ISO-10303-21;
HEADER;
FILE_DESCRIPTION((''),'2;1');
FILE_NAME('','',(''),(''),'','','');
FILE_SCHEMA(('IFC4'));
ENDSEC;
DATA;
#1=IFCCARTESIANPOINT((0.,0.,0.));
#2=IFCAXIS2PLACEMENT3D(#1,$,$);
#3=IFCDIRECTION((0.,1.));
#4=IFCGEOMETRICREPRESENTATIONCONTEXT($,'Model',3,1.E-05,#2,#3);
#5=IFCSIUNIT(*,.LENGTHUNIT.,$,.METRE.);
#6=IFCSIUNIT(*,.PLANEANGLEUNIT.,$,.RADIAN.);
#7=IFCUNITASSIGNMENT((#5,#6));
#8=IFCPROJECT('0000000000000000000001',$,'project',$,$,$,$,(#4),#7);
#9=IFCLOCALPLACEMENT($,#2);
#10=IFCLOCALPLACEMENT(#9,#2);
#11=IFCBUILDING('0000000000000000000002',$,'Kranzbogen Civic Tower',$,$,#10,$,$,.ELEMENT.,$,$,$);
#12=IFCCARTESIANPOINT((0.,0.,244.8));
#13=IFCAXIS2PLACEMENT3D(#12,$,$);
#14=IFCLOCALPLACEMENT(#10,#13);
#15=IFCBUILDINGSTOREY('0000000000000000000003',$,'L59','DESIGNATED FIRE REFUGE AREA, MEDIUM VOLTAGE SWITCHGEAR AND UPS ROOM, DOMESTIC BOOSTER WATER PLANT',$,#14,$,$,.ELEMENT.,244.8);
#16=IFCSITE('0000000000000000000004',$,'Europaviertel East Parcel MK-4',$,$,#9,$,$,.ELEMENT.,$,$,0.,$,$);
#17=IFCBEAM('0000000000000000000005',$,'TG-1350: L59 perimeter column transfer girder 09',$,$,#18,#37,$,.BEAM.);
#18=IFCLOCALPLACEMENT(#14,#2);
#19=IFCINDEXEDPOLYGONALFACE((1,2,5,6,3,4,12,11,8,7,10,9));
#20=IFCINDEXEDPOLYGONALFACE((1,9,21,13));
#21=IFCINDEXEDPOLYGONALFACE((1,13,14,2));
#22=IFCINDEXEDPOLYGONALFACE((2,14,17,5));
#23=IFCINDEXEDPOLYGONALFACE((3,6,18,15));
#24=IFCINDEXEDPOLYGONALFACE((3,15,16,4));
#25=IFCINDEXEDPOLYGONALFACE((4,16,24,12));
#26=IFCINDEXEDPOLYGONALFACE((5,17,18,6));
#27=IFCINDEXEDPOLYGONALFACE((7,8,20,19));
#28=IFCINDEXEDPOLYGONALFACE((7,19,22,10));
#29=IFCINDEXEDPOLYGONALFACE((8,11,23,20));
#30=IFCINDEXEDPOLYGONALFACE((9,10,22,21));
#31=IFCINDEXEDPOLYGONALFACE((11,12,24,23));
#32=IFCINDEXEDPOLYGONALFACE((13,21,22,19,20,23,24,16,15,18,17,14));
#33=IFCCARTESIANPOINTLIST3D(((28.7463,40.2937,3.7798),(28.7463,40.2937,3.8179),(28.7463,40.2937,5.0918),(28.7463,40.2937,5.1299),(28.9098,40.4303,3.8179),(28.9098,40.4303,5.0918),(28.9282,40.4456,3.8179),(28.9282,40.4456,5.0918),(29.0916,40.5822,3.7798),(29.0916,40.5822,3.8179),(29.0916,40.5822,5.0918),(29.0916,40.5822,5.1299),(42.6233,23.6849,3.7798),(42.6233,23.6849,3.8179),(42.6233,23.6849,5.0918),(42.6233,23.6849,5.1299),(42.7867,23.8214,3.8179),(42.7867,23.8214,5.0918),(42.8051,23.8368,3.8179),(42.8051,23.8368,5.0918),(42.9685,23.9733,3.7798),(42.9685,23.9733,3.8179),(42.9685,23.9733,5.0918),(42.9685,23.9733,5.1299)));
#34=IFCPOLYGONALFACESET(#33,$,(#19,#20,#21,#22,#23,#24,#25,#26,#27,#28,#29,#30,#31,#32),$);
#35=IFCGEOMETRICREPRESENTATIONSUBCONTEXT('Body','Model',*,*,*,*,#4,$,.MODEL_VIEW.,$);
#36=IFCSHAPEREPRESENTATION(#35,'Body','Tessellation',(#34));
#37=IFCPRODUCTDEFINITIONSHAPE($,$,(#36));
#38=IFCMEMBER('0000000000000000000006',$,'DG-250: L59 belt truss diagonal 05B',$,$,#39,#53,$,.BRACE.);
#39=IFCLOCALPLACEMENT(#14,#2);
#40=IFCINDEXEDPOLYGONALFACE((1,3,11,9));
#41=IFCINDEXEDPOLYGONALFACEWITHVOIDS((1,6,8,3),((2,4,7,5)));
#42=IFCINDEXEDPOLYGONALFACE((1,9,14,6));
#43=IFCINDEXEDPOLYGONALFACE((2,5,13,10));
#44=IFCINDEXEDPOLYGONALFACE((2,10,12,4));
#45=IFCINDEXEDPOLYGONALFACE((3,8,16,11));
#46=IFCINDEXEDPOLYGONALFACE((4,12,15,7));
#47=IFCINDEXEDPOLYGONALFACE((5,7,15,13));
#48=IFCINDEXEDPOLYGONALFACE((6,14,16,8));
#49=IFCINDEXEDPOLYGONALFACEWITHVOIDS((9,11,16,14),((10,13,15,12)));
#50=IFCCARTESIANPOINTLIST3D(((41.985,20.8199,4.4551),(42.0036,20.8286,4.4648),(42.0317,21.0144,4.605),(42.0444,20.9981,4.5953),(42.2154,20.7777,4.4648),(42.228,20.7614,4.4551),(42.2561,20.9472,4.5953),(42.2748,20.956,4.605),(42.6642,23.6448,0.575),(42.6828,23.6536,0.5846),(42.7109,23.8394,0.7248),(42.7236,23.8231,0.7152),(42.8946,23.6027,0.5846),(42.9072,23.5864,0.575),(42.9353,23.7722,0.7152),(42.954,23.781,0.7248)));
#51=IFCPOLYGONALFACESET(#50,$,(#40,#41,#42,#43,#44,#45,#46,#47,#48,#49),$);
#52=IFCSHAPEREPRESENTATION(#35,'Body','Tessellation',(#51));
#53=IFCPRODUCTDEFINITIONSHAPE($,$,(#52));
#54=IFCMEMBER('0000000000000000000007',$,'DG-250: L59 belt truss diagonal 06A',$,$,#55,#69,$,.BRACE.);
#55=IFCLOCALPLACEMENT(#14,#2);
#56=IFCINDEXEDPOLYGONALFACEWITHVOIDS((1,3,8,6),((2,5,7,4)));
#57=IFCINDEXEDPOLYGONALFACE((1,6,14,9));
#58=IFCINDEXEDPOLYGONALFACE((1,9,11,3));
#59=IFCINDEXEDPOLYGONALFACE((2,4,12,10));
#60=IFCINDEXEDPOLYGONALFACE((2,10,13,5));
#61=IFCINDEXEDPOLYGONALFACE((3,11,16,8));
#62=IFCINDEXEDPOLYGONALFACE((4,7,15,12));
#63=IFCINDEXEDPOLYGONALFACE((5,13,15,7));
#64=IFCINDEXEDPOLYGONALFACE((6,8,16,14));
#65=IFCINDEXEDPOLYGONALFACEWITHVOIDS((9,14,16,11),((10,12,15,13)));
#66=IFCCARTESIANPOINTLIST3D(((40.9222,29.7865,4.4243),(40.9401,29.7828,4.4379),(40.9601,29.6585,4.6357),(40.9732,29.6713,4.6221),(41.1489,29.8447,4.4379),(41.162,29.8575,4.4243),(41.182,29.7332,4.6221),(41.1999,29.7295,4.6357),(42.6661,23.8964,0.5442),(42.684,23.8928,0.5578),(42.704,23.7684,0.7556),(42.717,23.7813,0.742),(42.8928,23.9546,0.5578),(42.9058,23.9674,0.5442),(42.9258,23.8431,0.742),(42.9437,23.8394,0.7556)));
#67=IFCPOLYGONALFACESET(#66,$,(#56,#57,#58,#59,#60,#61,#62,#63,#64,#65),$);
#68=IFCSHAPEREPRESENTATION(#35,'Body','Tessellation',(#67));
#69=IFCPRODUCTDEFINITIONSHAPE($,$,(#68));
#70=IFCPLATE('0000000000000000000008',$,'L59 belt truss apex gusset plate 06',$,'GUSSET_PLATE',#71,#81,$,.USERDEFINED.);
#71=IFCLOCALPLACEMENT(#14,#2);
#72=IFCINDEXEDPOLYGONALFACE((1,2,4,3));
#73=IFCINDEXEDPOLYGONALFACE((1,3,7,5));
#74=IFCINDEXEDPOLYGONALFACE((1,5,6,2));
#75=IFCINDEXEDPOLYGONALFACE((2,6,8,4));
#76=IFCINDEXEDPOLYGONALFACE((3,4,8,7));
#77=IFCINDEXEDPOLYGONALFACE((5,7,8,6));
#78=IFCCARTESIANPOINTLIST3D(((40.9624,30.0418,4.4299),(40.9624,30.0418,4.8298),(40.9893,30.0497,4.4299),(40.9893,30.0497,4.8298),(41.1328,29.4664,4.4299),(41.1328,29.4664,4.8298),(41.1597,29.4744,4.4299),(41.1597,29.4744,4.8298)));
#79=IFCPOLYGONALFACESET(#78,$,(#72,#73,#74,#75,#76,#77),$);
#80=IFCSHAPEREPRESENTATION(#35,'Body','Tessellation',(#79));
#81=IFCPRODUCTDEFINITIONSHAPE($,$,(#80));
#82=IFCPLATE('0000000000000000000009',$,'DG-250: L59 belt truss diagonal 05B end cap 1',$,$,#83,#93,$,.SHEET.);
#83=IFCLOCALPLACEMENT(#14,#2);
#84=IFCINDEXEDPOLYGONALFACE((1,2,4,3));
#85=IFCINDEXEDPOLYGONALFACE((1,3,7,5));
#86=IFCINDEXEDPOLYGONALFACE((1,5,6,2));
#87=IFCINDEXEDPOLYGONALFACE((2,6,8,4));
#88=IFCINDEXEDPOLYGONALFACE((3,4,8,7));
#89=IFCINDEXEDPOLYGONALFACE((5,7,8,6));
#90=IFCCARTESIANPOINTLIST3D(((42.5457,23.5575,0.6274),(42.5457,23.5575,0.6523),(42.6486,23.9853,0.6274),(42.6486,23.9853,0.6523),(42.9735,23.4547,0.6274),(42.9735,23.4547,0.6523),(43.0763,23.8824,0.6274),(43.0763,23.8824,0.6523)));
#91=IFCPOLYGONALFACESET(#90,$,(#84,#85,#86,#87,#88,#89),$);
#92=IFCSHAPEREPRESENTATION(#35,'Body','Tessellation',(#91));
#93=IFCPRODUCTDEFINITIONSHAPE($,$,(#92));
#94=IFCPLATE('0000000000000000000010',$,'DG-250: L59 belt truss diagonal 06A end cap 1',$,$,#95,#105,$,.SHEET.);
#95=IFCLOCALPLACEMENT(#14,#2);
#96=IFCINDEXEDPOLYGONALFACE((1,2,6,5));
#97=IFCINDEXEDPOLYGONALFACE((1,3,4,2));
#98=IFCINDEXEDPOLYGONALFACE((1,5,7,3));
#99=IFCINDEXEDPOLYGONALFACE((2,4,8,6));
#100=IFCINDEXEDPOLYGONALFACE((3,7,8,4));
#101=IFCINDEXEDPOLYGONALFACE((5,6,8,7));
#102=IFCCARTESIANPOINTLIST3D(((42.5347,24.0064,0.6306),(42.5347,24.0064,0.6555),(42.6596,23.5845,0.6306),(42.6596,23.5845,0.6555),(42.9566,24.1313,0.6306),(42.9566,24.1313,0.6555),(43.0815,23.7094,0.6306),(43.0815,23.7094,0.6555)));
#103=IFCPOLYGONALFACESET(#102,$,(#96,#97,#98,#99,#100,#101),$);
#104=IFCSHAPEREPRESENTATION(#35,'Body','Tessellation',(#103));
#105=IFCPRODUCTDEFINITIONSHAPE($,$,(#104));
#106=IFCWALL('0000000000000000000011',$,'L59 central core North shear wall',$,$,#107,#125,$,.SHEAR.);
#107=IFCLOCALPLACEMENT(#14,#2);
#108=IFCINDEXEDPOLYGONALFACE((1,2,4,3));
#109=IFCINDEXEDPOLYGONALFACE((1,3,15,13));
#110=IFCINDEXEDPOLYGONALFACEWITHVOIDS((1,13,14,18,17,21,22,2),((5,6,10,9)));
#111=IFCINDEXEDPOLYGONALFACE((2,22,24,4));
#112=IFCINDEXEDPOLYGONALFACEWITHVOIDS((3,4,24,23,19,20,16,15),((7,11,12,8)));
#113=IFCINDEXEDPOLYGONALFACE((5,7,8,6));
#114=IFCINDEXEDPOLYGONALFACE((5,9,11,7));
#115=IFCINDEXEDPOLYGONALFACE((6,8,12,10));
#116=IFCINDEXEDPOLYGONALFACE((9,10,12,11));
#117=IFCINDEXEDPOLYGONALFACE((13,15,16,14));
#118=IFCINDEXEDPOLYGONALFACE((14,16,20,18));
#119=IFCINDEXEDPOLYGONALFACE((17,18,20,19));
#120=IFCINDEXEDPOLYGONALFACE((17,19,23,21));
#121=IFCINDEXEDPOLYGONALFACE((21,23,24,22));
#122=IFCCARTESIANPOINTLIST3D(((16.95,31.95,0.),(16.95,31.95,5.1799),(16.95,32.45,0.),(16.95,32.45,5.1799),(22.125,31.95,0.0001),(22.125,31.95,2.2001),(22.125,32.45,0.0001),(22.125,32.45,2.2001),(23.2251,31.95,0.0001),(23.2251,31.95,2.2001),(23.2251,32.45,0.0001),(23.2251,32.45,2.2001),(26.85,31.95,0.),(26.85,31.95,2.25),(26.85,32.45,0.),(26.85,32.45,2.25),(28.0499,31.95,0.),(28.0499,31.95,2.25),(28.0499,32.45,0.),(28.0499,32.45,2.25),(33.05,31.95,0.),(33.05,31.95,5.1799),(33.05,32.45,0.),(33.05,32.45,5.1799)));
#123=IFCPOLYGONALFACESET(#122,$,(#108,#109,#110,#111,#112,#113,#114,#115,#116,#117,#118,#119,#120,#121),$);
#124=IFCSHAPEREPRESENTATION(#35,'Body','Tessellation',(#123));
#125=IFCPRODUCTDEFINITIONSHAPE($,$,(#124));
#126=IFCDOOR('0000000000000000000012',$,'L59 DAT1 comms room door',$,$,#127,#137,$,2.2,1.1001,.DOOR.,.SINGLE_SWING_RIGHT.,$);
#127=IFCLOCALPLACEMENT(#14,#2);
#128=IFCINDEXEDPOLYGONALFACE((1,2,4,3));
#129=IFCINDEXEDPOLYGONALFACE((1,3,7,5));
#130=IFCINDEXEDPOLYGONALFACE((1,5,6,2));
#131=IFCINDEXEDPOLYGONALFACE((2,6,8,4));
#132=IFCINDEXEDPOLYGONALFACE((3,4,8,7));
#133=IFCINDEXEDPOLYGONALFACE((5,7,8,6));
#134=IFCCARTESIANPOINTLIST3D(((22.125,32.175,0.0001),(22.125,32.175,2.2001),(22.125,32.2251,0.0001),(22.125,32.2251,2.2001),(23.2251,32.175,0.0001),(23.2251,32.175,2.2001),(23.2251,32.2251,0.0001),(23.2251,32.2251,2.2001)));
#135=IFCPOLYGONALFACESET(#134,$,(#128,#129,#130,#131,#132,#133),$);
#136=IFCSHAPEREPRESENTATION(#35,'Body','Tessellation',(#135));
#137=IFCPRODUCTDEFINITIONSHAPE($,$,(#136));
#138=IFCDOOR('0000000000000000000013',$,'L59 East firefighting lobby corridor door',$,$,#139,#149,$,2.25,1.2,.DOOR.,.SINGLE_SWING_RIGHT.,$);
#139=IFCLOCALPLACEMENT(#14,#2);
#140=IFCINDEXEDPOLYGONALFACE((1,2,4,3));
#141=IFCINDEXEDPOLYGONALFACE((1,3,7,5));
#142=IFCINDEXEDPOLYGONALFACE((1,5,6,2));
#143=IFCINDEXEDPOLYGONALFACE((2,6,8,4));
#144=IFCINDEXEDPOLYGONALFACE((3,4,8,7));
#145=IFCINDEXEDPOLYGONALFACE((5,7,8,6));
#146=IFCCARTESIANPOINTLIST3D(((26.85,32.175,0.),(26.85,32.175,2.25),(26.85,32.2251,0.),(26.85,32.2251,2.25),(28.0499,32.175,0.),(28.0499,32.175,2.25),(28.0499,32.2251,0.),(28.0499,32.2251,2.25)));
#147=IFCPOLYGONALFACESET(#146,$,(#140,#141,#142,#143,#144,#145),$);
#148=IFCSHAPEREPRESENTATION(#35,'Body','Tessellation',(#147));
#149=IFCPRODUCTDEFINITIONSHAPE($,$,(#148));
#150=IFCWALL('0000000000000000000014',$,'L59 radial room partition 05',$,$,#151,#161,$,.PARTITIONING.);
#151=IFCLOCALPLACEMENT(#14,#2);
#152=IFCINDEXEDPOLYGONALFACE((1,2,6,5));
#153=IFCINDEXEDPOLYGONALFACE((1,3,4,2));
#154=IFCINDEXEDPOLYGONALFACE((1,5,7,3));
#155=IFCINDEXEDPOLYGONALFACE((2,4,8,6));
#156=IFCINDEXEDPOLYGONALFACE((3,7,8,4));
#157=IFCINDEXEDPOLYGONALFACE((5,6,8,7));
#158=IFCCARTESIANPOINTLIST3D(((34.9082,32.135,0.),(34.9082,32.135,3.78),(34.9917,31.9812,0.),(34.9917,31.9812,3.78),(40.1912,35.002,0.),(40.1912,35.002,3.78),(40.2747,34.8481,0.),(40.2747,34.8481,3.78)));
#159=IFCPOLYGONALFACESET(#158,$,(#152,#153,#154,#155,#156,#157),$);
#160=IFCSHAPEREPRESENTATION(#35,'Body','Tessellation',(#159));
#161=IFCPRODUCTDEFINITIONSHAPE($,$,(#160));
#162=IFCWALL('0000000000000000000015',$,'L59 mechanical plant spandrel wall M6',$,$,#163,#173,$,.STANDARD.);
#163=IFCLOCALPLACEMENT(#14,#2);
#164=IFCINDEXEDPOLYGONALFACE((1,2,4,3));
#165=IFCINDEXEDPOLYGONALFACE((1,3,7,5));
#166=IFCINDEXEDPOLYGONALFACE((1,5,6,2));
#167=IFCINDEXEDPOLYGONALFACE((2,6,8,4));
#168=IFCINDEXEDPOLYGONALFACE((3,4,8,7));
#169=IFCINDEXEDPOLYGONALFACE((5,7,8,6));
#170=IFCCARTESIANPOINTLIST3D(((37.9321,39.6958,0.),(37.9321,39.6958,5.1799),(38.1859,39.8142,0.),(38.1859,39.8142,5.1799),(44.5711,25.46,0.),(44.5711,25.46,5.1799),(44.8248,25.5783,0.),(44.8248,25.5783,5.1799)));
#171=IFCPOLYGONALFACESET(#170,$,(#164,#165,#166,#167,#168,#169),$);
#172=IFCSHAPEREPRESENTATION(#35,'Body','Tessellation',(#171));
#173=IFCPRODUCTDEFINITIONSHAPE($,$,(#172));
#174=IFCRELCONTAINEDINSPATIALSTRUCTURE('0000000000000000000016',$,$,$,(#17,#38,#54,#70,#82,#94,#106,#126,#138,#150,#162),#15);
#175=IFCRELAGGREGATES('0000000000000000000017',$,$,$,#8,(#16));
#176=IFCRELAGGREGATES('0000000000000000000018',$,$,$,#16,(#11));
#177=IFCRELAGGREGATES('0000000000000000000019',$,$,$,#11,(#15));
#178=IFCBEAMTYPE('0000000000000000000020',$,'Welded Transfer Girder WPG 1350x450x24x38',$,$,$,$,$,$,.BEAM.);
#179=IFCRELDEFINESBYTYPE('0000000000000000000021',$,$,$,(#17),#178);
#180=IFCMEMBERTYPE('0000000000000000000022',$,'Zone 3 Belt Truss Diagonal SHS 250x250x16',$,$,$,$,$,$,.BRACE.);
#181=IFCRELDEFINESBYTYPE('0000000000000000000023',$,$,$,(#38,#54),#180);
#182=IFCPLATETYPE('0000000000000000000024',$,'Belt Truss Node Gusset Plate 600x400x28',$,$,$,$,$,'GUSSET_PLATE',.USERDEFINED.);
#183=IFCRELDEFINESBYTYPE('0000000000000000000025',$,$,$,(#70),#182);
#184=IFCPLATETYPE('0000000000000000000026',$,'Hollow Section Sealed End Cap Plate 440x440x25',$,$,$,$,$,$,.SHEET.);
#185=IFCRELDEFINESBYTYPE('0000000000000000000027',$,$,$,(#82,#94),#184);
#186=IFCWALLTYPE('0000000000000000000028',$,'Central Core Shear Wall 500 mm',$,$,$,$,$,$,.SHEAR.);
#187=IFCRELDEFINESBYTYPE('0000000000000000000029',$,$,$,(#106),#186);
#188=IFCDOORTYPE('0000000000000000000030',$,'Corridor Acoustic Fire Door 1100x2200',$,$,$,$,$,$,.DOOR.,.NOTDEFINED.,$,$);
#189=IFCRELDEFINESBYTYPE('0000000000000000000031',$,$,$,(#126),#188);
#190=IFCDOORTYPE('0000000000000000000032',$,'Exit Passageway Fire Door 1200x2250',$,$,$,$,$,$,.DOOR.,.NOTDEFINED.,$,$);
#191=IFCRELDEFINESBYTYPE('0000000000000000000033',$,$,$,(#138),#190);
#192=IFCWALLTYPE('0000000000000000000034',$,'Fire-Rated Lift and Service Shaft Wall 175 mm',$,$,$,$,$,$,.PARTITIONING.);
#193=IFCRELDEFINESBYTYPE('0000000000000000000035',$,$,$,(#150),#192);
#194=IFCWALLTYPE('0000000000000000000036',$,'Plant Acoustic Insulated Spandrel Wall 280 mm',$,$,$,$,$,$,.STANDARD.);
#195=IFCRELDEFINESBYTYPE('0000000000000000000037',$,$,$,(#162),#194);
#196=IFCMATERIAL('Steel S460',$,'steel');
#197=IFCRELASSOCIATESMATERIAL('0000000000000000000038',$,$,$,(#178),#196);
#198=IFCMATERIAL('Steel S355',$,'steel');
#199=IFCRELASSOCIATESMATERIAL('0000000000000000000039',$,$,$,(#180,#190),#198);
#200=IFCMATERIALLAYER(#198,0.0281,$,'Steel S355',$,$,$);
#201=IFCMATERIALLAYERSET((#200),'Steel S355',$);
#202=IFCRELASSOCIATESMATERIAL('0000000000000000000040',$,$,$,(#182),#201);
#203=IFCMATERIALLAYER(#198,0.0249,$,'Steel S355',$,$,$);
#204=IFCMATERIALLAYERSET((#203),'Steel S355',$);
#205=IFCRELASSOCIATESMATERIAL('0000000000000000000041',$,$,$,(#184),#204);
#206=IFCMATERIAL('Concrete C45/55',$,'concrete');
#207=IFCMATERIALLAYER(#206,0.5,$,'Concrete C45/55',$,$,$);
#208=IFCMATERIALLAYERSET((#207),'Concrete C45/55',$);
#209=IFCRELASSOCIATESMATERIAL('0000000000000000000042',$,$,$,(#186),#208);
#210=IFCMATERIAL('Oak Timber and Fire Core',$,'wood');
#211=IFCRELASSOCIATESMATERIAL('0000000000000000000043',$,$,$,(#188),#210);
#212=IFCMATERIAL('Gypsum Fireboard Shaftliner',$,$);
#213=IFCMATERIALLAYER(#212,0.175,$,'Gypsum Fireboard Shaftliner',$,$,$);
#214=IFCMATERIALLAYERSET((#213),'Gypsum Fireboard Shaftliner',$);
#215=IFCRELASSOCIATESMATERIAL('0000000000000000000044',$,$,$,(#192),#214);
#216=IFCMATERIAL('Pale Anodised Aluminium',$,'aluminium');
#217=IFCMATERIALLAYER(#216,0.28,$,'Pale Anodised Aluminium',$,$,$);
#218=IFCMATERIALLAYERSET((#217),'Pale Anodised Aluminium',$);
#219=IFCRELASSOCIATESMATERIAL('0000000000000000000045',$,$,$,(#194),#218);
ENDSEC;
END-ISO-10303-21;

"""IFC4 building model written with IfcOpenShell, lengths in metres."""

from ifc_helpers import new_model, si_unit, direction, frame, frame_2d, origin, origin_2d, place, context, subcontext, project, spatial, rectangle, hollow_rectangle, i_section, extrude, material, layer, layer_set, material_profile, profile_set, type_object, element, fill, save


model = new_model("IFC4")

# Units and contexts
model_context = context("Model", 3, precision=1e-05, world=origin(), true_north=direction((0.0, 1.0)))
body_context = subcontext(model_context, "Body", "Model", "MODEL_VIEW")
ifc_project = project(units=[si_unit("LENGTHUNIT", "METRE"), si_unit("PLANEANGLEUNIT", "RADIAN")], contexts=[model_context])

# Site, building, storey
site_placement = place(None, origin())
site = spatial("IfcSite", under=ifc_project, at=site_placement, Name="Europaviertel East Parcel MK-4", CompositionType="ELEMENT", RefElevation=0.0)
building_placement = place(site_placement, origin())
building = spatial("IfcBuilding", under=site, at=building_placement, Name="Kranzbogen Civic Tower", CompositionType="ELEMENT")
storey_placement = place(building_placement, frame((0.0, 0.0, 244.8)))
storey = spatial("IfcBuildingStorey", under=building, at=storey_placement, Name="L59", Description="DESIGNATED FIRE REFUGE AREA, MEDIUM VOLTAGE SWITCHGEAR AND UPS ROOM, DOMESTIC BOOSTER WATER PLANT", CompositionType="ELEMENT", Elevation=244.8)

# Shared definitions
ifc_material_1 = material(Name="Steel S355", Category="steel")

# Shared definitions
ifc_material_2 = material(Name="Steel S460", Category="steel")

# Beam
ifc_material_profile_1 = material_profile(ifc_material_2, i_section(OverallWidth=0.45, OverallDepth=1.3501, WebThickness=0.0239, FlangeThickness=0.0381, at=origin_2d()), Name="WPG 1350x450x24x38")
ifc_profile_set_1 = profile_set([ifc_material_profile_1], Name="Steel S460")
beam_type = type_object("IfcBeamType", Name="Welded Transfer Girder WPG 1350x450x24x38", PredefinedType="BEAM", material=ifc_profile_set_1)
beam_1_placement = place(storey_placement, frame((42.7959, 23.8291, 4.4548), z_axis=(-0.641171, 0.767398, 0.0), x_axis=(-0.767398, -0.641171, 0.0)))
element("IfcBeam", 1, at=beam_1_placement, inside=storey, type_object=beam_type, Name="TG-1350: L59 perimeter column transfer girder 09", PredefinedType="BEAM", context=body_context, shape_type="SweptSolid", body=[
    extrude(i_section(OverallWidth=0.45, OverallDepth=1.3501, WebThickness=0.0239, FlangeThickness=0.0381, at=origin_2d()), origin(), (0.0, 0.0, 1.0), 21.6431),
])

# Members
ifc_material_profile_2 = material_profile(ifc_material_1, hollow_rectangle(XDim=0.25, YDim=0.25, WallThickness=0.0161, at=origin_2d()), Name="SHS 250x250x16")
ifc_profile_set_2 = profile_set([ifc_material_profile_2], Name="Steel S355")
member_type_1 = type_object("IfcMemberType", Name="Zone 3 Belt Truss Diagonal SHS 250x250x16", PredefinedType="BRACE", material=ifc_profile_set_2)
member_1_placement = place(storey_placement, frame((42.8091, 23.7129, 0.6499), z_axis=(-0.140117, -0.58278, 0.800459), x_axis=(0.972293, -0.233767, 0.0)))
element("IfcMember", 2, at=member_1_placement, inside=storey, type_object=member_type_1, Name="DG-250: L59 belt truss diagonal 05B", PredefinedType="BRACE", context=body_context, shape_type="SweptSolid", body=[
    extrude(hollow_rectangle(XDim=0.25, YDim=0.25, WallThickness=0.0161, at=origin_2d()), origin(), (0.0, 0.0, 1.0), 4.8474),
])
member_2_placement = place(storey_placement, frame((42.8049, 23.8679, 0.6499), z_axis=(-0.240018, 0.810678, 0.534034), x_axis=(-0.958857, -0.283889, 0.0)))
element("IfcMember", 3, at=member_2_placement, inside=storey, type_object=member_type_1, Name="DG-250: L59 belt truss diagonal 06A", PredefinedType="BRACE", context=body_context, shape_type="SweptSolid", body=[
    extrude(hollow_rectangle(XDim=0.25, YDim=0.25, WallThickness=0.0161, at=origin_2d()), origin(), (0.0, 0.0, 1.0), 7.2656),
])

# Plates
ifc_layer_1 = layer(ifc_material_1, 0.0281, Name="Steel S355")
ifc_layer_set_1 = layer_set([ifc_layer_1], Name="Steel S355")
plate_type_1 = type_object("IfcPlateType", Name="Belt Truss Node Gusset Plate 600x400x28", ElementType="GUSSET_PLATE", PredefinedType="USERDEFINED", material=ifc_layer_set_1)
plate_placement = place(storey_placement, frame((41.061, 29.7581, 4.4299), z_axis=(0.0, 0.0, 1.0), x_axis=(-0.284032, 0.958815, 0.0)))
element("IfcPlate", 4, at=plate_placement, inside=storey, type_object=plate_type_1, Name="L59 belt truss apex gusset plate 06", ObjectType="GUSSET_PLATE", PredefinedType="USERDEFINED", context=body_context, shape_type="SweptSolid", body=[
    extrude(rectangle(XDim=0.6001, YDim=0.0281, at=origin_2d()), origin(), (0.0, 0.0, 1.0), 0.3999),
])
ifc_layer_2 = layer(ifc_material_1, 0.0249, Name="Steel S355")
ifc_layer_set_2 = layer_set([ifc_layer_2], Name="Steel S355")
plate_type_2 = type_object("IfcPlateType", Name="Hollow Section Sealed End Cap Plate 440x440x25", PredefinedType="SHEET", material=ifc_layer_set_2)
for number, where, z_axis, x_axis, name in (
    (5, (42.811, 23.72, 0.6274), (0.0, 0.0, 1.0), (-0.2337, -0.972309, 0.0), "DG-250: L59 belt truss diagonal 05B end cap 1"),
    (6, (42.8081, 23.8579, 0.6306), (0.0, 0.0, 1.0), (-0.283915, 0.958849, 0.0), "DG-250: L59 belt truss diagonal 06A end cap 1"),
):
    element("IfcPlate", number, at=place(storey_placement, frame(where, z_axis=z_axis, x_axis=x_axis)), inside=storey, type_object=plate_type_2, Name=name, PredefinedType="SHEET", context=body_context, shape_type="SweptSolid", body=[
        extrude(rectangle(XDim=0.4399, YDim=0.4399, at=origin_2d()), origin(), (0.0, 0.0, 1.0), 0.0249),
    ])

# Wall, openings, doors
ifc_material_3 = material(Name="Concrete C45/55", Category="concrete")
ifc_layer_3 = layer(ifc_material_3, 0.5, Name="Concrete C45/55")
ifc_layer_set_3 = layer_set([ifc_layer_3], Name="Concrete C45/55")
wall_type_1 = type_object("IfcWallType", Name="Central Core Shear Wall 500 mm", PredefinedType="SHEAR", material=ifc_layer_set_3)
wall_1_placement = place(storey_placement, frame((33.05, 32.2, 0.0), z_axis=(0.0, 0.0, 1.0), x_axis=(-1.0, 0.0, 0.0)))
wall_1 = element("IfcWall", 7, at=wall_1_placement, inside=storey, type_object=wall_type_1, Name="L59 central core North shear wall", PredefinedType="SHEAR", context=body_context, shape_type="SweptSolid", body=[
    extrude(rectangle(XDim=16.1001, YDim=0.5, at=frame_2d((8.05, 0.0))), origin(), (0.0, 0.0, 1.0), 5.1799),
])
opening_1_placement = place(wall_1_placement, frame((5.0, 0.0, 0.0)))
opening_1 = element("IfcOpeningElement", 8, at=opening_1_placement, cuts=wall_1, PredefinedType="OPENING", context=body_context, shape_type="SweptSolid", body=[
    extrude(rectangle(XDim=1.2, YDim=2.25, at=frame_2d((0.6001, 1.125))), frame((0.0, 0.26, 0.0), z_axis=(0.0, -1.0, 0.0), x_axis=(1.0, 0.0, 0.0)), (0.0, 0.0, 1.0), 0.52),
])
opening_2_placement = place(wall_1_placement, frame((9.825, 0.0, 0.0)))
opening_2 = element("IfcOpeningElement", 9, at=opening_2_placement, cuts=wall_1, PredefinedType="OPENING", context=body_context, shape_type="SweptSolid", body=[
    extrude(rectangle(XDim=1.1001, YDim=2.2, at=frame_2d((0.55, 1.1001))), frame((0.0, 0.26, 0.0), z_axis=(0.0, -1.0, 0.0), x_axis=(1.0, 0.0, 0.0)), (0.0, 0.0, 1.0), 0.52),
])
ifc_material_4 = material(Name="Oak Timber and Fire Core", Category="wood")
door_type_1 = type_object("IfcDoorType", Name="Corridor Acoustic Fire Door 1100x2200", OperationType="NOTDEFINED", PredefinedType="DOOR", material=ifc_material_4)
door_1_placement = place(opening_2_placement, origin())
door_1 = element("IfcDoor", 10, at=door_1_placement, inside=storey, type_object=door_type_1, Name="L59 DAT1 comms room door", OperationType="SINGLE_SWING_RIGHT", OverallHeight=2.2, OverallWidth=1.1001, PredefinedType="DOOR", context=body_context, shape_type="SweptSolid", body=[
    extrude(rectangle(XDim=1.1001, YDim=2.2, at=frame_2d((0.55, 1.1001))), frame((0.0, 0.0249, 0.0), z_axis=(0.0, -1.0, 0.0), x_axis=(1.0, 0.0, 0.0)), (0.0, 0.0, 1.0), 0.05),
])
fill(opening_2, door_1)
door_type_2 = type_object("IfcDoorType", Name="Exit Passageway Fire Door 1200x2250", OperationType="NOTDEFINED", PredefinedType="DOOR", material=ifc_material_1)
door_2_placement = place(opening_1_placement, origin())
door_2 = element("IfcDoor", 11, at=door_2_placement, inside=storey, type_object=door_type_2, Name="L59 East firefighting lobby corridor door", OperationType="SINGLE_SWING_RIGHT", OverallHeight=2.25, OverallWidth=1.2, PredefinedType="DOOR", context=body_context, shape_type="SweptSolid", body=[
    extrude(rectangle(XDim=1.2, YDim=2.25, at=frame_2d((0.6001, 1.125))), frame((0.0, 0.0249, 0.0), z_axis=(0.0, -1.0, 0.0), x_axis=(1.0, 0.0, 0.0)), (0.0, 0.0, 1.0), 0.05),
])
fill(opening_1, door_2)

# Walls
ifc_material_5 = material(Name="Gypsum Fireboard Shaftliner")
ifc_layer_4 = layer(ifc_material_5, 0.175, Name="Gypsum Fireboard Shaftliner")
ifc_layer_set_4 = layer_set([ifc_layer_4], Name="Gypsum Fireboard Shaftliner")
wall_type_2 = type_object("IfcWallType", Name="Fire-Rated Lift and Service Shaft Wall 175 mm", PredefinedType="PARTITIONING", material=ifc_layer_set_4)
wall_2_placement = place(storey_placement, frame((34.95, 32.0581, 0.0), z_axis=(0.0, 0.0, 1.0), x_axis=(0.87892, 0.47697, 0.0)))
element("IfcWall", 12, at=wall_2_placement, inside=storey, type_object=wall_type_2, Name="L59 radial room partition 05", PredefinedType="PARTITIONING", context=body_context, shape_type="SweptSolid", body=[
    extrude(rectangle(XDim=6.0107, YDim=0.175, at=frame_2d((3.0054, 0.0))), origin(), (0.0, 0.0, 1.0), 3.78),
])
ifc_material_6 = material(Name="Pale Anodised Aluminium", Category="aluminium")
ifc_layer_5 = layer(ifc_material_6, 0.28, Name="Pale Anodised Aluminium")
ifc_layer_set_5 = layer_set([ifc_layer_5], Name="Pale Anodised Aluminium")
wall_type_3 = type_object("IfcWallType", Name="Plant Acoustic Insulated Spandrel Wall 280 mm", PredefinedType="STANDARD", material=ifc_layer_set_5)
wall_3_placement = place(storey_placement, frame((44.698, 25.519, 0.0), z_axis=(0.0, 0.0, 1.0), x_axis=(-0.422651, 0.906292, 0.0)))
element("IfcWall", 13, at=wall_3_placement, inside=storey, type_object=wall_type_3, Name="L59 mechanical plant spandrel wall M6", PredefinedType="STANDARD", context=body_context, shape_type="SweptSolid", body=[
    extrude(rectangle(XDim=15.7078, YDim=0.28, at=frame_2d((7.854, 0.0))), origin(), (0.0, 0.0, 1.0), 5.1799),
])

save(model, "model.ifc")
